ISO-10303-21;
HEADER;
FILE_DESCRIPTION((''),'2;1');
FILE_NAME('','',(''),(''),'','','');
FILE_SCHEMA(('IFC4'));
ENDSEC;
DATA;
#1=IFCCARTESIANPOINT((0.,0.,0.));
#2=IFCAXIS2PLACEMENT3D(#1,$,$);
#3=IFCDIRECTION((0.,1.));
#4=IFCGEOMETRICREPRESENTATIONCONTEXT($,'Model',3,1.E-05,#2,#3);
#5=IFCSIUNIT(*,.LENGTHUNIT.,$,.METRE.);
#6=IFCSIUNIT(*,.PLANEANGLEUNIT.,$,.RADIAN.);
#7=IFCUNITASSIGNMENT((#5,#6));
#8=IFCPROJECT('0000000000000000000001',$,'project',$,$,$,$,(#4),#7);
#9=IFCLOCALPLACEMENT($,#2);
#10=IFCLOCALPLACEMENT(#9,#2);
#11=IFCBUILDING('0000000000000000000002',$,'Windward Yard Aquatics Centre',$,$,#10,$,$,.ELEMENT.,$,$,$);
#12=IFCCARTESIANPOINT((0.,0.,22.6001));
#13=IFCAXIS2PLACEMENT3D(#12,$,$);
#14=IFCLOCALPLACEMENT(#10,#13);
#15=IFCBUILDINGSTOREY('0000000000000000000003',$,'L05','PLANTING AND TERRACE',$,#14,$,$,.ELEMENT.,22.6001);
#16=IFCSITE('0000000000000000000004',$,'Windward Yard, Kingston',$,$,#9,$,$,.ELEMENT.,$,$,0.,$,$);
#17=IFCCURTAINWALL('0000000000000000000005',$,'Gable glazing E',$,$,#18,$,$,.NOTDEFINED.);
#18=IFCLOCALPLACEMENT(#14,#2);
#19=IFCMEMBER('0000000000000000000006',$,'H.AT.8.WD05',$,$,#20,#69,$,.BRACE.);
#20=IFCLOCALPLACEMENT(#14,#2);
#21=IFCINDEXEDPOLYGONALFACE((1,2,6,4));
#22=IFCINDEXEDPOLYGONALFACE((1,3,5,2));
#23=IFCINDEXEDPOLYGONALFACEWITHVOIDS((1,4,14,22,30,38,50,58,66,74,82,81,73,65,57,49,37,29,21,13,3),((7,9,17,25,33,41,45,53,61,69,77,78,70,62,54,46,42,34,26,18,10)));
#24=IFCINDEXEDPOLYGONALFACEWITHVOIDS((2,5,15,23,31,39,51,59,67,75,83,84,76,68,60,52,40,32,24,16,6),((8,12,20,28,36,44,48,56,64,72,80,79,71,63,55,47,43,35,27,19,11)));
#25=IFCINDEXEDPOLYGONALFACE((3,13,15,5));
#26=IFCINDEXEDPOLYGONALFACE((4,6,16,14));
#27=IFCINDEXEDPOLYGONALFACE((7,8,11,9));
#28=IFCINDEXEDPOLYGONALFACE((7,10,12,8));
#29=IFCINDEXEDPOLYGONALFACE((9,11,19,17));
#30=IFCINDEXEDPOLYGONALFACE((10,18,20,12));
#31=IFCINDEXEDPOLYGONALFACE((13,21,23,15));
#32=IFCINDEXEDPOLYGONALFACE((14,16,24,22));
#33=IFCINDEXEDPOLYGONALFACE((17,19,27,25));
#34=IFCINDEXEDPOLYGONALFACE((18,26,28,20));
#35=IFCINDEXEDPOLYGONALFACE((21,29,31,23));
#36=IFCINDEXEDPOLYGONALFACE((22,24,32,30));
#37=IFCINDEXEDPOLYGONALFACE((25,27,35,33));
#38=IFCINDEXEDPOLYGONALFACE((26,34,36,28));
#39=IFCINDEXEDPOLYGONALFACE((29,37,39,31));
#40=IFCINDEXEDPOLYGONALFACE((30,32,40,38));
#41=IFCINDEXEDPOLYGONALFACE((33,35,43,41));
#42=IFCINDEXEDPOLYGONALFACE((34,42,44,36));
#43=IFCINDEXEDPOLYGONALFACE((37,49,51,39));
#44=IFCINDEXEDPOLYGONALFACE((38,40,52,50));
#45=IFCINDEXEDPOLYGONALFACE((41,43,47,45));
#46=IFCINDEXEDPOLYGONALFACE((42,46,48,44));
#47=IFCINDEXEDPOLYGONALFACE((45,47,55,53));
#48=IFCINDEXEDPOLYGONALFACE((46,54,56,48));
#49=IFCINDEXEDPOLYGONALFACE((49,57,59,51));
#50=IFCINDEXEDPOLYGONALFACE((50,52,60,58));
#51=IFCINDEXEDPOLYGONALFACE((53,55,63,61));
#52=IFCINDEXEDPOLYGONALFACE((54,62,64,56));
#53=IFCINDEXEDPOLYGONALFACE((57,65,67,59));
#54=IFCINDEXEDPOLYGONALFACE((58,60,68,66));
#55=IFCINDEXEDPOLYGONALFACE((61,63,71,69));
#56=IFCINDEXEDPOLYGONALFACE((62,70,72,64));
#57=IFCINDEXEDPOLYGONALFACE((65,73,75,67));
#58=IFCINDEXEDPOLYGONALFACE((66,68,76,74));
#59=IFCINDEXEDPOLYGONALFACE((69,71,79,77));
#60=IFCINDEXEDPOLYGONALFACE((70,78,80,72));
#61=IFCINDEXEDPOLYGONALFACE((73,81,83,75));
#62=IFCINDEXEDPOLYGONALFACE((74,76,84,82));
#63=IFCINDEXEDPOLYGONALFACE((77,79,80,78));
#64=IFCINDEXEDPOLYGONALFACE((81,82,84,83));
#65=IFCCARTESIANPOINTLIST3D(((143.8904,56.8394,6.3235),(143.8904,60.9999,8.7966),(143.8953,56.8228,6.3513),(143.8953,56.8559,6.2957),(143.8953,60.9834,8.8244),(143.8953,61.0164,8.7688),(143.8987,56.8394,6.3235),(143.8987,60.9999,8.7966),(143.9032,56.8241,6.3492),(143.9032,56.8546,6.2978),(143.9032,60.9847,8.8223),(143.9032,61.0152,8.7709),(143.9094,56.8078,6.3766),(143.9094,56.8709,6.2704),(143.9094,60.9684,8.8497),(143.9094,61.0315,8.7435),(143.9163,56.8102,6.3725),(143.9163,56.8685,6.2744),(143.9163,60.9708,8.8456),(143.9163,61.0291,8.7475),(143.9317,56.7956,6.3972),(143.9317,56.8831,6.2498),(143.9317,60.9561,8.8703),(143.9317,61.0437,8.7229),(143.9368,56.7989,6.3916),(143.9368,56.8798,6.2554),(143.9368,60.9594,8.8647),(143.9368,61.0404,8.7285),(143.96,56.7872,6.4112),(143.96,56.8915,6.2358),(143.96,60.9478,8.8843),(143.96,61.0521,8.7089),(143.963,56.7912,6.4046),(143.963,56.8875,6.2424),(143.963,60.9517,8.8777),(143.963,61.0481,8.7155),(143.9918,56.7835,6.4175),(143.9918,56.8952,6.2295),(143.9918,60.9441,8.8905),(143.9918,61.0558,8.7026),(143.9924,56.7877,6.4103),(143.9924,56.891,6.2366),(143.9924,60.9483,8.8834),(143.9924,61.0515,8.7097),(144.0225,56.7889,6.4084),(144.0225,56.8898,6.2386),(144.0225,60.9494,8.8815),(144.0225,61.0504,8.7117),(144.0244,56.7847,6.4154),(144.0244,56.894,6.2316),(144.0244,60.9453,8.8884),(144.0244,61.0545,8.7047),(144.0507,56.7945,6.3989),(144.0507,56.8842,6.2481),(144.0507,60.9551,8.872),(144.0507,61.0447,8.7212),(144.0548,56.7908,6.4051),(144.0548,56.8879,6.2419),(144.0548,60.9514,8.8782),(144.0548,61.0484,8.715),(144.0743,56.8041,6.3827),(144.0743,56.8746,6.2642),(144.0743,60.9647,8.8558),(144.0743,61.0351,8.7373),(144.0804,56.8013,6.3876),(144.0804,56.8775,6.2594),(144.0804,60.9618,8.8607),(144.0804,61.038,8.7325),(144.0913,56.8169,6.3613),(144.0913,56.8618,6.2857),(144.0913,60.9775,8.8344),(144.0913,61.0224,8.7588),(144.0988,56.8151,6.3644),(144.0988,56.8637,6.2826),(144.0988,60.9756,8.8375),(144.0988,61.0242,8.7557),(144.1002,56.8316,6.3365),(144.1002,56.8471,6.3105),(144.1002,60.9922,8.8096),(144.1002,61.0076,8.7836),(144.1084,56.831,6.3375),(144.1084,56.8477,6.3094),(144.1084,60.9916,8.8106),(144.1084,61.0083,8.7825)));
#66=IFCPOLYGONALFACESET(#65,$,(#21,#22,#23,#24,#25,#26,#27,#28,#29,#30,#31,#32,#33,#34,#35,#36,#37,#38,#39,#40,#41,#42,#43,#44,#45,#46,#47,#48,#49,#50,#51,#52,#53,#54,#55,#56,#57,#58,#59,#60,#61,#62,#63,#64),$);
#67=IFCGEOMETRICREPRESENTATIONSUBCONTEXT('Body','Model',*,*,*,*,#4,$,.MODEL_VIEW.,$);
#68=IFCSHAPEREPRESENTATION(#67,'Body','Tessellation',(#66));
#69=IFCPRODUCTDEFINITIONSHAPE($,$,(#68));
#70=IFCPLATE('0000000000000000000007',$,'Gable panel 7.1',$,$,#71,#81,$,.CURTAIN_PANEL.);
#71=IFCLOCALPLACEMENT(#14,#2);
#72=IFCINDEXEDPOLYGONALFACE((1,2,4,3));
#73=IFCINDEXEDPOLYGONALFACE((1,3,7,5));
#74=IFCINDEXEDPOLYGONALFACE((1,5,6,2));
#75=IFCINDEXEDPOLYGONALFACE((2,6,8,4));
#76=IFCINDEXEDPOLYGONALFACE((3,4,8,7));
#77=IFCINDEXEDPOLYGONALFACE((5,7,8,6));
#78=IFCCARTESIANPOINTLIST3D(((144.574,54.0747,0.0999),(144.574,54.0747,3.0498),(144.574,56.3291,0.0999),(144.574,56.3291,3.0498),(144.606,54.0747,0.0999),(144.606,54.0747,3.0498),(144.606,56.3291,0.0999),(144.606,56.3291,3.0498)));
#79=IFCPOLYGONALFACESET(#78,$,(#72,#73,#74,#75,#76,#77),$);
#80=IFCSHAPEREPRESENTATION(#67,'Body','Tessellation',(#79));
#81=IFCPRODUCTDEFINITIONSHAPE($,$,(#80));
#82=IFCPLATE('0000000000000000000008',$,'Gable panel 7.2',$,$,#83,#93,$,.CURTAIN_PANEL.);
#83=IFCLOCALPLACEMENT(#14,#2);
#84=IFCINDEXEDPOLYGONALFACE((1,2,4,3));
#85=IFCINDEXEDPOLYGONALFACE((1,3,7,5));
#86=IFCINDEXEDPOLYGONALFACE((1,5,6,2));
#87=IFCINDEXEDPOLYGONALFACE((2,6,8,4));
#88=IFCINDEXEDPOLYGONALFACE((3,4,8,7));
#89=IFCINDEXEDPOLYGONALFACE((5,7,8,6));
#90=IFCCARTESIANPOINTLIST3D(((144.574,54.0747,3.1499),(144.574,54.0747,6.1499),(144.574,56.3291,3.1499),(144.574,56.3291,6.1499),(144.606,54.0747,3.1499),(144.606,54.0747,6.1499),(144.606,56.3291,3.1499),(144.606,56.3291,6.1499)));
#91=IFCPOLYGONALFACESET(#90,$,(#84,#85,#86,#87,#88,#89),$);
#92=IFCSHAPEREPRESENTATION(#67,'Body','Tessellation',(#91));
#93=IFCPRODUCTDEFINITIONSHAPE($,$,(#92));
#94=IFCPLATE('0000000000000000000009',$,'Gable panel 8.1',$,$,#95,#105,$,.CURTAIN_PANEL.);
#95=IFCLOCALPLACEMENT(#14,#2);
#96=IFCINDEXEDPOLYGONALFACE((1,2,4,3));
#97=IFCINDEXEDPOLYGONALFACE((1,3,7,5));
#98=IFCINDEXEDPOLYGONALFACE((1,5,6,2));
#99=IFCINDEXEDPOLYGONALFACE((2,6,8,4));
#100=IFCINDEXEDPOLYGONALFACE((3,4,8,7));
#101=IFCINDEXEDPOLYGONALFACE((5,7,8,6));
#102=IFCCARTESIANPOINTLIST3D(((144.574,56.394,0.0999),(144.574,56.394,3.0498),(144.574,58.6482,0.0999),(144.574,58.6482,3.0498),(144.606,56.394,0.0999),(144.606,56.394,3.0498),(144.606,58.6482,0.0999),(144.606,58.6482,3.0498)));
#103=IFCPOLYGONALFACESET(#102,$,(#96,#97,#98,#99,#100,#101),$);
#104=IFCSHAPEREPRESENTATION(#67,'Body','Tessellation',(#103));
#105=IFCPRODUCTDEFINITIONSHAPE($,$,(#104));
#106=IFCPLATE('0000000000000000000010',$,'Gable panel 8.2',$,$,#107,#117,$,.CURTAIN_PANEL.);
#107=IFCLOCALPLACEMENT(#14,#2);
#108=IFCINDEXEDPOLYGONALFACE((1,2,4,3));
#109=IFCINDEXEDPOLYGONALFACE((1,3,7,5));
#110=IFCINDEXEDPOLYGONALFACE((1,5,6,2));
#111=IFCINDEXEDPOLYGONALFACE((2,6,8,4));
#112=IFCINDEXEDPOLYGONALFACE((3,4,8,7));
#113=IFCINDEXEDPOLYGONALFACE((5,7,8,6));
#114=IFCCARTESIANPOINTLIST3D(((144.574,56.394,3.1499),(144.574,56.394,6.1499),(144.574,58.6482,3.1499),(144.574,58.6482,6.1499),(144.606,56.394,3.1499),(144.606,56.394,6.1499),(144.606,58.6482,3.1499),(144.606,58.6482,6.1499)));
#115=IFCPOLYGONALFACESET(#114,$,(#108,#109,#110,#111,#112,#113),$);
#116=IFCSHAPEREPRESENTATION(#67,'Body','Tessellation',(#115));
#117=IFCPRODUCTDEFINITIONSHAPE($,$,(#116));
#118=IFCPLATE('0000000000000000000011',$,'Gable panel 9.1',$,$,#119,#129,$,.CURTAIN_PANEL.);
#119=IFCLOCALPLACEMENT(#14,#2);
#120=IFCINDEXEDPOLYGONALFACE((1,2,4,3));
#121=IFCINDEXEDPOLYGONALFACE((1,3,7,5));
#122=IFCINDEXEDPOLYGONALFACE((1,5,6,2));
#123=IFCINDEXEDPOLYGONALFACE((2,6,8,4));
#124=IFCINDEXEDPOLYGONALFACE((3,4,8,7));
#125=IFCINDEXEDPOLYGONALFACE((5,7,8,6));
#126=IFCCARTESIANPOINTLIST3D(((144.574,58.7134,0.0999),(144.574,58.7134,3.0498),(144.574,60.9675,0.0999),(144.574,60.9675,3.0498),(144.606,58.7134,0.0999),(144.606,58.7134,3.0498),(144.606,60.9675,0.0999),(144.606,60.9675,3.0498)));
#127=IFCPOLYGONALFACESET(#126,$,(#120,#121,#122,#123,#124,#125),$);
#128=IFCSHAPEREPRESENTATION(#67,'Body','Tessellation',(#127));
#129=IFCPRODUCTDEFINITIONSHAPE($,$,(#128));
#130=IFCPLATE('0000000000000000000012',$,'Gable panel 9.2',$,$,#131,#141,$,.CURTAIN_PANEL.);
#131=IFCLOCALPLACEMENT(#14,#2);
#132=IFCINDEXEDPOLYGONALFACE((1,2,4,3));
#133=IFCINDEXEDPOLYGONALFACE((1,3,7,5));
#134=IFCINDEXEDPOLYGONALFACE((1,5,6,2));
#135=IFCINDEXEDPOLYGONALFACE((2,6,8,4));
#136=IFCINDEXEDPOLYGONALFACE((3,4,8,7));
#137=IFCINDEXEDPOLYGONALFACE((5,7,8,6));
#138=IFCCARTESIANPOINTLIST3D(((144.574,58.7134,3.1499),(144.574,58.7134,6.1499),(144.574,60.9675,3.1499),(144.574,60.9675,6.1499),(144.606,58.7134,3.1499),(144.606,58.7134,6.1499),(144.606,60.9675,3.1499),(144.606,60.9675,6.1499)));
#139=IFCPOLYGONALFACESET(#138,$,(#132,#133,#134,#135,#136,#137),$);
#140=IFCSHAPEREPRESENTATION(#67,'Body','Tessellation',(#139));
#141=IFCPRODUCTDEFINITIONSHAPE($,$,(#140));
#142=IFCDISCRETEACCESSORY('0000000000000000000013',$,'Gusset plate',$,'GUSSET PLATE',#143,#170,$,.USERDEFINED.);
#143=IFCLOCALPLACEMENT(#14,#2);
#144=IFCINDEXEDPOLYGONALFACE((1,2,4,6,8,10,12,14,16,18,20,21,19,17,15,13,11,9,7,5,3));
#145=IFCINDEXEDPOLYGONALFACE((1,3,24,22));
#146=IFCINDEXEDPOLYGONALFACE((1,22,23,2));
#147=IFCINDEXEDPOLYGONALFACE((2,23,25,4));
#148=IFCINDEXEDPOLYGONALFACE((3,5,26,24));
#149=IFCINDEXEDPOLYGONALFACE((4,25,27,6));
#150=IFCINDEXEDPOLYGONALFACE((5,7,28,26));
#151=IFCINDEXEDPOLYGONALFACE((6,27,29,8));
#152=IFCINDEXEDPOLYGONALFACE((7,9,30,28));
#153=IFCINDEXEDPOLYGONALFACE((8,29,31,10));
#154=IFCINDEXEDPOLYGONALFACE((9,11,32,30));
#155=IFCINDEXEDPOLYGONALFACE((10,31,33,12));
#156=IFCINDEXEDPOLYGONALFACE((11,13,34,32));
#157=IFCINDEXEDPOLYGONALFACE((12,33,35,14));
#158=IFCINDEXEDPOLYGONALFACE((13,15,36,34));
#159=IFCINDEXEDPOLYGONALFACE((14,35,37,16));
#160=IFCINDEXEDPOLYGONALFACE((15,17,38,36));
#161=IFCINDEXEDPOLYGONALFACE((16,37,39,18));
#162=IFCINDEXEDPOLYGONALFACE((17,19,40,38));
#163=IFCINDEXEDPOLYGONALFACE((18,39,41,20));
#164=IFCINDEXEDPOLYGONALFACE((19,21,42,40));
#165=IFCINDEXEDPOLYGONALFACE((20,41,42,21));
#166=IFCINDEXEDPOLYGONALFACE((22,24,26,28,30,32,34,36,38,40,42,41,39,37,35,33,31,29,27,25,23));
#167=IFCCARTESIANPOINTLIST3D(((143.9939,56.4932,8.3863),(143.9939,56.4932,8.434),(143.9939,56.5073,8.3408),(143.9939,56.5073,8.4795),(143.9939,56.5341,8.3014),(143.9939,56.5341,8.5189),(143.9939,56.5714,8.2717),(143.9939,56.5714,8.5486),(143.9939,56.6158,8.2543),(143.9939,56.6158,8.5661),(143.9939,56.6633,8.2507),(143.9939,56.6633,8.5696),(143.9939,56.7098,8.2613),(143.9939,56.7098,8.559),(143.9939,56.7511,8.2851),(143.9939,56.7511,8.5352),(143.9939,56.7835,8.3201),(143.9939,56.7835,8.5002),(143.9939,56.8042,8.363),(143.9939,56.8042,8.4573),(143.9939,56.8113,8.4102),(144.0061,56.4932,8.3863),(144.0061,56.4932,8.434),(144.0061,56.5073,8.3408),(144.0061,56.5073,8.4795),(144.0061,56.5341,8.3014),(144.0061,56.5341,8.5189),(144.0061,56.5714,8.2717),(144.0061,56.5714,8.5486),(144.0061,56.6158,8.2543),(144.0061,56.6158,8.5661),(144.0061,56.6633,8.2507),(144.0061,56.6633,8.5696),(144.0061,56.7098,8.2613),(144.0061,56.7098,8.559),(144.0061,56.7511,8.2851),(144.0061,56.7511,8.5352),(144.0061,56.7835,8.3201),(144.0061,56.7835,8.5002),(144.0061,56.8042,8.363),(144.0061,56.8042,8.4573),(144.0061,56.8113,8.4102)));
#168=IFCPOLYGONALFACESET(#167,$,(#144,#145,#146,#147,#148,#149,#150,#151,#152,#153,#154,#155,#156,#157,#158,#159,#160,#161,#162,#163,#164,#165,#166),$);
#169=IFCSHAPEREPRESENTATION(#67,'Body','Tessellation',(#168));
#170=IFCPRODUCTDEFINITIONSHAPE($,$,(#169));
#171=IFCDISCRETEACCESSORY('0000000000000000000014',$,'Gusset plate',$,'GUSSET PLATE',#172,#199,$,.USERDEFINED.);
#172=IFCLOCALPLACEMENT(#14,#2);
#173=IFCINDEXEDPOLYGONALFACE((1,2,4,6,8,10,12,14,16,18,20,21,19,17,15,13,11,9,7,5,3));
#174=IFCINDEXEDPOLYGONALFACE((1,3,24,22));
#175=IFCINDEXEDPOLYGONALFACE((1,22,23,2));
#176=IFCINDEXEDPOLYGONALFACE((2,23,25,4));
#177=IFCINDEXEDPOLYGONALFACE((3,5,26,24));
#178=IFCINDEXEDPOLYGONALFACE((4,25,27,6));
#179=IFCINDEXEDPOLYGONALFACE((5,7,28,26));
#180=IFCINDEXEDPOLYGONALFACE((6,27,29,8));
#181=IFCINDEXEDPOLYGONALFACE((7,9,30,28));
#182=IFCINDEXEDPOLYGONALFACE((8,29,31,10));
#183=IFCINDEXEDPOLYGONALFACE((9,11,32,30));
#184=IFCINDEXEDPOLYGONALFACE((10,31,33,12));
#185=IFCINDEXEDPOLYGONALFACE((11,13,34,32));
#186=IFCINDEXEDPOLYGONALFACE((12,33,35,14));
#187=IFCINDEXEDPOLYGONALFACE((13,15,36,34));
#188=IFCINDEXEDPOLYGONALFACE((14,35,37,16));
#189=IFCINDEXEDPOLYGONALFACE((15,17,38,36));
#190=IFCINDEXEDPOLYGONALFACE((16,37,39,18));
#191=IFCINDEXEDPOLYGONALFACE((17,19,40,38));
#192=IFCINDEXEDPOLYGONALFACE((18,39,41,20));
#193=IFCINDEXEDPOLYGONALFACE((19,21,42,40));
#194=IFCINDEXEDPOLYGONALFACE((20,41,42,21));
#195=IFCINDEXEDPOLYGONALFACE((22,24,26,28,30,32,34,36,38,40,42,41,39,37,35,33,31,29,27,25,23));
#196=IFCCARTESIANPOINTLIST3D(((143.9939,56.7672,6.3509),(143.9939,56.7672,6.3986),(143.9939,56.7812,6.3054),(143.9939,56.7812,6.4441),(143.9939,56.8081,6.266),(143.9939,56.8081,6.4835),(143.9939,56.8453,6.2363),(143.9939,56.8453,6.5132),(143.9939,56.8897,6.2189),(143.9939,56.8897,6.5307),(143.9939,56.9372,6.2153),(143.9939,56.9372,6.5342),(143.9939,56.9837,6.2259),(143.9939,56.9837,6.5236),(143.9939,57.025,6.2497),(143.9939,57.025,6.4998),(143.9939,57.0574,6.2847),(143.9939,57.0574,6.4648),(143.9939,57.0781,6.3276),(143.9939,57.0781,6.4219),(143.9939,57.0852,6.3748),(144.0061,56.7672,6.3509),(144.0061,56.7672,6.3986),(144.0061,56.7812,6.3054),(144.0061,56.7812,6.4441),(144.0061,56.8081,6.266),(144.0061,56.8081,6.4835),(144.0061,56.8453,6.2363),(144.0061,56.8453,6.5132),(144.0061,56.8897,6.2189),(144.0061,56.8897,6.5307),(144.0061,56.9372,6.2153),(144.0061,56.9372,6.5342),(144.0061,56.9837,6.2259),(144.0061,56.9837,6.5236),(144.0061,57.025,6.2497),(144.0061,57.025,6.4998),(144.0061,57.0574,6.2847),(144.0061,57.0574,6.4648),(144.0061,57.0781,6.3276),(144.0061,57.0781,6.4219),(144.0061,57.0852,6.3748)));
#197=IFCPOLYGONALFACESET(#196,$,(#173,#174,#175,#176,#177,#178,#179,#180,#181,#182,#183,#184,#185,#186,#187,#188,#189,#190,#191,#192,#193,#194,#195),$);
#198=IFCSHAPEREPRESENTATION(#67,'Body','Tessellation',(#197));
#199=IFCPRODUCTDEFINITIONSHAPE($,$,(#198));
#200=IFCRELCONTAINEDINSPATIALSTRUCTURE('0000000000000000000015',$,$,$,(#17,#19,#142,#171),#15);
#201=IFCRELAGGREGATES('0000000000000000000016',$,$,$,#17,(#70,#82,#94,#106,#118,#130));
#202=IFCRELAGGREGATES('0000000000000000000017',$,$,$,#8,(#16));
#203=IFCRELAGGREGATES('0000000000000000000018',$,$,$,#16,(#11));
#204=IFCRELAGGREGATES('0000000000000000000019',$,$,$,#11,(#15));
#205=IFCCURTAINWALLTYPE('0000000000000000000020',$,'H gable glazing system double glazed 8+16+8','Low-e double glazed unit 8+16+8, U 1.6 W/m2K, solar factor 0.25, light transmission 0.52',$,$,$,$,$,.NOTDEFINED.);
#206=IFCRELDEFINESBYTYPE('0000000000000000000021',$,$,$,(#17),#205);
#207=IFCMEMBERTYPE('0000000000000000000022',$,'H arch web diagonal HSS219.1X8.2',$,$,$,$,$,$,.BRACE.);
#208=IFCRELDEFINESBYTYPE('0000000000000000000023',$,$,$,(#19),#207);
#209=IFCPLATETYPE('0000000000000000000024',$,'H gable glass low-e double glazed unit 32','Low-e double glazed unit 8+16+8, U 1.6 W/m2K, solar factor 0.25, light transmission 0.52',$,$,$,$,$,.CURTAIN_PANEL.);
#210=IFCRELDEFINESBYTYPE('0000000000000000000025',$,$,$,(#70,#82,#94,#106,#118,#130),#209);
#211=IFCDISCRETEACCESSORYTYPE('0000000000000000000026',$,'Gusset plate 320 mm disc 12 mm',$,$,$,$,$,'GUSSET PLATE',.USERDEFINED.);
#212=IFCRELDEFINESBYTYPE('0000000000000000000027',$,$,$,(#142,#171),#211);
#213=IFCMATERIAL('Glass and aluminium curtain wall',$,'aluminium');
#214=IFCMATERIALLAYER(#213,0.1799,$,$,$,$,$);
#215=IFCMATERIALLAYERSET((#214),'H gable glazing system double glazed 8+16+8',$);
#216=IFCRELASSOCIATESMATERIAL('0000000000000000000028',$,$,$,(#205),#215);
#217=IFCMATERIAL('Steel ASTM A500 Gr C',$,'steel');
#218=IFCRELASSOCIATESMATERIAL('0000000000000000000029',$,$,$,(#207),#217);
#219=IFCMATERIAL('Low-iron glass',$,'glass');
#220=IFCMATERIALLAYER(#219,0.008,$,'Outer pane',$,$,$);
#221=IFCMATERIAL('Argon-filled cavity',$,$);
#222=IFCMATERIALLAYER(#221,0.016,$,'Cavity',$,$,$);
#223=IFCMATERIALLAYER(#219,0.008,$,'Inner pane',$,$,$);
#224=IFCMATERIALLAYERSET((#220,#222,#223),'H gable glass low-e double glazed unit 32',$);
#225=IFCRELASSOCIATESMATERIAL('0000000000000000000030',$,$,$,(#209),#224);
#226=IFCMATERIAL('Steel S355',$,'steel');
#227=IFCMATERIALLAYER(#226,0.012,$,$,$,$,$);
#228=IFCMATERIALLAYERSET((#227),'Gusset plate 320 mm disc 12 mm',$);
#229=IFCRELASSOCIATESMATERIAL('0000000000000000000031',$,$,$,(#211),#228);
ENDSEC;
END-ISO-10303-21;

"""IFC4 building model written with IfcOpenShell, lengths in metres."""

from ifc_helpers import new_model, si_unit, direction, frame, origin, origin_2d, place, context, subcontext, project, spatial, polyline, circle, hollow_circle, outline, extrude, material, layer, layer_set, material_profile, profile_set, type_object, element, aggregate, save


model = new_model("IFC4")

# Units and contexts
model_context = context("Model", 3, precision=1e-05, world=origin(), true_north=direction((0.0, 1.0)))
body_context = subcontext(model_context, "Body", "Model", "MODEL_VIEW")
ifc_project = project(units=[si_unit("LENGTHUNIT", "METRE"), si_unit("PLANEANGLEUNIT", "RADIAN")], contexts=[model_context])

# Site, building, storey
site_placement = place(None, origin())
site = spatial("IfcSite", under=ifc_project, at=site_placement, Name="Windward Yard, Kingston", CompositionType="ELEMENT", RefElevation=0.0)
building_placement = place(site_placement, origin())
building = spatial("IfcBuilding", under=site, at=building_placement, Name="Windward Yard Aquatics Centre", CompositionType="ELEMENT")
storey_placement = place(building_placement, frame((0.0, 0.0, 22.6001)))
storey = spatial("IfcBuildingStorey", under=building, at=storey_placement, Name="L05", Description="PLANTING AND TERRACE", CompositionType="ELEMENT", Elevation=22.6001)

# Curtain wall
ifc_material_1 = material(Name="Glass and aluminium curtain wall", Category="aluminium")
ifc_layer_1 = layer(ifc_material_1, 0.1799)
ifc_layer_set_1 = layer_set([ifc_layer_1], Name="H gable glazing system double glazed 8+16+8")
curtain_wall_type = type_object("IfcCurtainWallType", Name="H gable glazing system double glazed 8+16+8", Description="Low-e double glazed unit 8+16+8, U 1.6 W/m2K, solar factor 0.25, light transmission 0.52", PredefinedType="NOTDEFINED", material=ifc_layer_set_1)
curtain_wall_placement = place(storey_placement, origin())
curtain_wall = element("IfcCurtainWall", 1, at=curtain_wall_placement, inside=storey, type_object=curtain_wall_type, Name="Gable glazing E", PredefinedType="NOTDEFINED")

# Member
ifc_material_2 = material(Name="Steel ASTM A500 Gr C", Category="steel")
ifc_material_profile_1 = material_profile(ifc_material_2, hollow_circle(Radius=0.1096, WallThickness=0.0083, at=origin_2d()), Name="HSS219.1X8.2")
ifc_profile_set_1 = profile_set([ifc_material_profile_1], Name="Steel ASTM A500 Gr C")
member_type_1 = type_object("IfcMemberType", Name="H arch web diagonal HSS219.1X8.2", PredefinedType="BRACE", material=ifc_profile_set_1)
member_1_placement = place(storey_placement, frame((144.0, 56.8394, 6.3235), z_axis=(0.0, 0.859604, 0.510961), x_axis=(-1.0, 0.0, 0.0)))
element("IfcMember", 2, at=member_1_placement, inside=storey, type_object=member_type_1, Name="H.AT.8.WD05", PredefinedType="BRACE", context=body_context, shape_type="SweptSolid", body=[
    extrude(hollow_circle(Radius=0.1096, WallThickness=0.0083, at=origin_2d()), origin(), (0.0, 0.0, 1.0), 4.8401),
])

# Plates
ifc_material_3 = material(Name="Low-iron glass", Category="glass")
ifc_layer_2 = layer(ifc_material_3, 0.008, Name="Outer pane")
ifc_material_4 = material(Name="Argon-filled cavity")
ifc_layer_3 = layer(ifc_material_4, 0.016, Name="Cavity")
ifc_layer_4 = layer(ifc_material_3, 0.008, Name="Inner pane")
ifc_layer_set_2 = layer_set([ifc_layer_2, ifc_layer_3, ifc_layer_4], Name="H gable glass low-e double glazed unit 32")
plate_type = type_object("IfcPlateType", Name="H gable glass low-e double glazed unit 32", Description="Low-e double glazed unit 8+16+8, U 1.6 W/m2K, solar factor 0.25, light transmission 0.52", PredefinedType="CURTAIN_PANEL", material=ifc_layer_set_2)
plate_1_placement = place(storey_placement, frame((144.574, 54.0747, 0.0999), z_axis=(-1.0, 0.0, 0.0), x_axis=(0.0, 0.0, 1.0)))
plate_1 = element("IfcPlate", 3, at=plate_1_placement, type_object=plate_type, Name="Gable panel 7.1", PredefinedType="CURTAIN_PANEL", context=body_context, shape_type="SweptSolid", body=[
    extrude(outline(polyline([(0.0, 0.0), (2.95, 0.0), (2.95, 2.2544), (0.0, 2.2544), (0.0, 0.0)])), origin(), (0.0, 0.0, -1.0), 0.032),
])
plate_2_placement = place(storey_placement, frame((144.574, 54.0747, 3.1499), z_axis=(-1.0, 0.0, 0.0), x_axis=(0.0, 0.0, 1.0)))
plate_2 = element("IfcPlate", 4, at=plate_2_placement, type_object=plate_type, Name="Gable panel 7.2", PredefinedType="CURTAIN_PANEL", context=body_context, shape_type="SweptSolid", body=[
    extrude(outline(polyline([(0.0, 0.0), (3.0, 0.0), (3.0, 2.2544), (0.0, 2.2544), (0.0, 0.0)])), origin(), (0.0, 0.0, -1.0), 0.032),
])
plate_3_placement = place(storey_placement, frame((144.574, 56.394, 0.0999), z_axis=(-1.0, 0.0, 0.0), x_axis=(0.0, 0.0, 1.0)))
plate_3 = element("IfcPlate", 5, at=plate_3_placement, type_object=plate_type, Name="Gable panel 8.1", PredefinedType="CURTAIN_PANEL", context=body_context, shape_type="SweptSolid", body=[
    extrude(outline(polyline([(0.0, 0.0), (2.95, 0.0), (2.95, 2.2542), (0.0, 2.2542), (0.0, 0.0)])), origin(), (0.0, 0.0, -1.0), 0.032),
])
plate_4_placement = place(storey_placement, frame((144.574, 56.394, 3.1499), z_axis=(-1.0, 0.0, 0.0), x_axis=(0.0, 0.0, 1.0)))
plate_4 = element("IfcPlate", 6, at=plate_4_placement, type_object=plate_type, Name="Gable panel 8.2", PredefinedType="CURTAIN_PANEL", context=body_context, shape_type="SweptSolid", body=[
    extrude(outline(polyline([(0.0, 0.0), (3.0, 0.0), (3.0, 2.2542), (0.0, 2.2542), (0.0, 0.0)])), origin(), (0.0, 0.0, -1.0), 0.032),
])
plate_5_placement = place(storey_placement, frame((144.574, 58.7134, 0.0999), z_axis=(-1.0, 0.0, 0.0), x_axis=(0.0, 0.0, 1.0)))
plate_5 = element("IfcPlate", 7, at=plate_5_placement, type_object=plate_type, Name="Gable panel 9.1", PredefinedType="CURTAIN_PANEL", context=body_context, shape_type="SweptSolid", body=[
    extrude(outline(polyline([(0.0, 0.0), (2.95, 0.0), (2.95, 2.2542), (0.0, 2.2542), (0.0, 0.0)])), origin(), (0.0, 0.0, -1.0), 0.032),
])
plate_6_placement = place(storey_placement, frame((144.574, 58.7134, 3.1499), z_axis=(-1.0, 0.0, 0.0), x_axis=(0.0, 0.0, 1.0)))
plate_6 = element("IfcPlate", 8, at=plate_6_placement, type_object=plate_type, Name="Gable panel 9.2", PredefinedType="CURTAIN_PANEL", context=body_context, shape_type="SweptSolid", body=[
    extrude(outline(polyline([(0.0, 0.0), (3.0, 0.0), (3.0, 2.2542), (0.0, 2.2542), (0.0, 0.0)])), origin(), (0.0, 0.0, -1.0), 0.032),
])

# Discrete accessories
ifc_material_5 = material(Name="Steel S355", Category="steel")
ifc_layer_5 = layer(ifc_material_5, 0.012)
ifc_layer_set_3 = layer_set([ifc_layer_5], Name="Gusset plate 320 mm disc 12 mm")
discrete_accessory_type = type_object("IfcDiscreteAccessoryType", Name="Gusset plate 320 mm disc 12 mm", ElementType="GUSSET PLATE", PredefinedType="USERDEFINED", material=ifc_layer_set_3)
for number, where, z_axis, x_axis, name in (
    (9, (143.9939, 56.6514, 8.4102), (1.0, 0.0, 0.0), (0.0, 1.0, 0.0), "Gusset plate"),
    (10, (143.9939, 56.9253, 6.3748), (1.0, 0.0, 0.0), (0.0, 1.0, 0.0), "Gusset plate"),
):
    element("IfcDiscreteAccessory", number, at=place(storey_placement, frame(where, z_axis=z_axis, x_axis=x_axis)), inside=storey, type_object=discrete_accessory_type, Name=name, ObjectType="GUSSET PLATE", PredefinedType="USERDEFINED", context=body_context, shape_type="SweptSolid", body=[
        extrude(circle(Radius=0.1599, at=origin_2d()), origin(), (0.0, 0.0, 1.0), 0.0122),
    ])

aggregate(curtain_wall, [plate_1, plate_2, plate_3, plate_4, plate_5, plate_6])

save(model, "model.ifc")
